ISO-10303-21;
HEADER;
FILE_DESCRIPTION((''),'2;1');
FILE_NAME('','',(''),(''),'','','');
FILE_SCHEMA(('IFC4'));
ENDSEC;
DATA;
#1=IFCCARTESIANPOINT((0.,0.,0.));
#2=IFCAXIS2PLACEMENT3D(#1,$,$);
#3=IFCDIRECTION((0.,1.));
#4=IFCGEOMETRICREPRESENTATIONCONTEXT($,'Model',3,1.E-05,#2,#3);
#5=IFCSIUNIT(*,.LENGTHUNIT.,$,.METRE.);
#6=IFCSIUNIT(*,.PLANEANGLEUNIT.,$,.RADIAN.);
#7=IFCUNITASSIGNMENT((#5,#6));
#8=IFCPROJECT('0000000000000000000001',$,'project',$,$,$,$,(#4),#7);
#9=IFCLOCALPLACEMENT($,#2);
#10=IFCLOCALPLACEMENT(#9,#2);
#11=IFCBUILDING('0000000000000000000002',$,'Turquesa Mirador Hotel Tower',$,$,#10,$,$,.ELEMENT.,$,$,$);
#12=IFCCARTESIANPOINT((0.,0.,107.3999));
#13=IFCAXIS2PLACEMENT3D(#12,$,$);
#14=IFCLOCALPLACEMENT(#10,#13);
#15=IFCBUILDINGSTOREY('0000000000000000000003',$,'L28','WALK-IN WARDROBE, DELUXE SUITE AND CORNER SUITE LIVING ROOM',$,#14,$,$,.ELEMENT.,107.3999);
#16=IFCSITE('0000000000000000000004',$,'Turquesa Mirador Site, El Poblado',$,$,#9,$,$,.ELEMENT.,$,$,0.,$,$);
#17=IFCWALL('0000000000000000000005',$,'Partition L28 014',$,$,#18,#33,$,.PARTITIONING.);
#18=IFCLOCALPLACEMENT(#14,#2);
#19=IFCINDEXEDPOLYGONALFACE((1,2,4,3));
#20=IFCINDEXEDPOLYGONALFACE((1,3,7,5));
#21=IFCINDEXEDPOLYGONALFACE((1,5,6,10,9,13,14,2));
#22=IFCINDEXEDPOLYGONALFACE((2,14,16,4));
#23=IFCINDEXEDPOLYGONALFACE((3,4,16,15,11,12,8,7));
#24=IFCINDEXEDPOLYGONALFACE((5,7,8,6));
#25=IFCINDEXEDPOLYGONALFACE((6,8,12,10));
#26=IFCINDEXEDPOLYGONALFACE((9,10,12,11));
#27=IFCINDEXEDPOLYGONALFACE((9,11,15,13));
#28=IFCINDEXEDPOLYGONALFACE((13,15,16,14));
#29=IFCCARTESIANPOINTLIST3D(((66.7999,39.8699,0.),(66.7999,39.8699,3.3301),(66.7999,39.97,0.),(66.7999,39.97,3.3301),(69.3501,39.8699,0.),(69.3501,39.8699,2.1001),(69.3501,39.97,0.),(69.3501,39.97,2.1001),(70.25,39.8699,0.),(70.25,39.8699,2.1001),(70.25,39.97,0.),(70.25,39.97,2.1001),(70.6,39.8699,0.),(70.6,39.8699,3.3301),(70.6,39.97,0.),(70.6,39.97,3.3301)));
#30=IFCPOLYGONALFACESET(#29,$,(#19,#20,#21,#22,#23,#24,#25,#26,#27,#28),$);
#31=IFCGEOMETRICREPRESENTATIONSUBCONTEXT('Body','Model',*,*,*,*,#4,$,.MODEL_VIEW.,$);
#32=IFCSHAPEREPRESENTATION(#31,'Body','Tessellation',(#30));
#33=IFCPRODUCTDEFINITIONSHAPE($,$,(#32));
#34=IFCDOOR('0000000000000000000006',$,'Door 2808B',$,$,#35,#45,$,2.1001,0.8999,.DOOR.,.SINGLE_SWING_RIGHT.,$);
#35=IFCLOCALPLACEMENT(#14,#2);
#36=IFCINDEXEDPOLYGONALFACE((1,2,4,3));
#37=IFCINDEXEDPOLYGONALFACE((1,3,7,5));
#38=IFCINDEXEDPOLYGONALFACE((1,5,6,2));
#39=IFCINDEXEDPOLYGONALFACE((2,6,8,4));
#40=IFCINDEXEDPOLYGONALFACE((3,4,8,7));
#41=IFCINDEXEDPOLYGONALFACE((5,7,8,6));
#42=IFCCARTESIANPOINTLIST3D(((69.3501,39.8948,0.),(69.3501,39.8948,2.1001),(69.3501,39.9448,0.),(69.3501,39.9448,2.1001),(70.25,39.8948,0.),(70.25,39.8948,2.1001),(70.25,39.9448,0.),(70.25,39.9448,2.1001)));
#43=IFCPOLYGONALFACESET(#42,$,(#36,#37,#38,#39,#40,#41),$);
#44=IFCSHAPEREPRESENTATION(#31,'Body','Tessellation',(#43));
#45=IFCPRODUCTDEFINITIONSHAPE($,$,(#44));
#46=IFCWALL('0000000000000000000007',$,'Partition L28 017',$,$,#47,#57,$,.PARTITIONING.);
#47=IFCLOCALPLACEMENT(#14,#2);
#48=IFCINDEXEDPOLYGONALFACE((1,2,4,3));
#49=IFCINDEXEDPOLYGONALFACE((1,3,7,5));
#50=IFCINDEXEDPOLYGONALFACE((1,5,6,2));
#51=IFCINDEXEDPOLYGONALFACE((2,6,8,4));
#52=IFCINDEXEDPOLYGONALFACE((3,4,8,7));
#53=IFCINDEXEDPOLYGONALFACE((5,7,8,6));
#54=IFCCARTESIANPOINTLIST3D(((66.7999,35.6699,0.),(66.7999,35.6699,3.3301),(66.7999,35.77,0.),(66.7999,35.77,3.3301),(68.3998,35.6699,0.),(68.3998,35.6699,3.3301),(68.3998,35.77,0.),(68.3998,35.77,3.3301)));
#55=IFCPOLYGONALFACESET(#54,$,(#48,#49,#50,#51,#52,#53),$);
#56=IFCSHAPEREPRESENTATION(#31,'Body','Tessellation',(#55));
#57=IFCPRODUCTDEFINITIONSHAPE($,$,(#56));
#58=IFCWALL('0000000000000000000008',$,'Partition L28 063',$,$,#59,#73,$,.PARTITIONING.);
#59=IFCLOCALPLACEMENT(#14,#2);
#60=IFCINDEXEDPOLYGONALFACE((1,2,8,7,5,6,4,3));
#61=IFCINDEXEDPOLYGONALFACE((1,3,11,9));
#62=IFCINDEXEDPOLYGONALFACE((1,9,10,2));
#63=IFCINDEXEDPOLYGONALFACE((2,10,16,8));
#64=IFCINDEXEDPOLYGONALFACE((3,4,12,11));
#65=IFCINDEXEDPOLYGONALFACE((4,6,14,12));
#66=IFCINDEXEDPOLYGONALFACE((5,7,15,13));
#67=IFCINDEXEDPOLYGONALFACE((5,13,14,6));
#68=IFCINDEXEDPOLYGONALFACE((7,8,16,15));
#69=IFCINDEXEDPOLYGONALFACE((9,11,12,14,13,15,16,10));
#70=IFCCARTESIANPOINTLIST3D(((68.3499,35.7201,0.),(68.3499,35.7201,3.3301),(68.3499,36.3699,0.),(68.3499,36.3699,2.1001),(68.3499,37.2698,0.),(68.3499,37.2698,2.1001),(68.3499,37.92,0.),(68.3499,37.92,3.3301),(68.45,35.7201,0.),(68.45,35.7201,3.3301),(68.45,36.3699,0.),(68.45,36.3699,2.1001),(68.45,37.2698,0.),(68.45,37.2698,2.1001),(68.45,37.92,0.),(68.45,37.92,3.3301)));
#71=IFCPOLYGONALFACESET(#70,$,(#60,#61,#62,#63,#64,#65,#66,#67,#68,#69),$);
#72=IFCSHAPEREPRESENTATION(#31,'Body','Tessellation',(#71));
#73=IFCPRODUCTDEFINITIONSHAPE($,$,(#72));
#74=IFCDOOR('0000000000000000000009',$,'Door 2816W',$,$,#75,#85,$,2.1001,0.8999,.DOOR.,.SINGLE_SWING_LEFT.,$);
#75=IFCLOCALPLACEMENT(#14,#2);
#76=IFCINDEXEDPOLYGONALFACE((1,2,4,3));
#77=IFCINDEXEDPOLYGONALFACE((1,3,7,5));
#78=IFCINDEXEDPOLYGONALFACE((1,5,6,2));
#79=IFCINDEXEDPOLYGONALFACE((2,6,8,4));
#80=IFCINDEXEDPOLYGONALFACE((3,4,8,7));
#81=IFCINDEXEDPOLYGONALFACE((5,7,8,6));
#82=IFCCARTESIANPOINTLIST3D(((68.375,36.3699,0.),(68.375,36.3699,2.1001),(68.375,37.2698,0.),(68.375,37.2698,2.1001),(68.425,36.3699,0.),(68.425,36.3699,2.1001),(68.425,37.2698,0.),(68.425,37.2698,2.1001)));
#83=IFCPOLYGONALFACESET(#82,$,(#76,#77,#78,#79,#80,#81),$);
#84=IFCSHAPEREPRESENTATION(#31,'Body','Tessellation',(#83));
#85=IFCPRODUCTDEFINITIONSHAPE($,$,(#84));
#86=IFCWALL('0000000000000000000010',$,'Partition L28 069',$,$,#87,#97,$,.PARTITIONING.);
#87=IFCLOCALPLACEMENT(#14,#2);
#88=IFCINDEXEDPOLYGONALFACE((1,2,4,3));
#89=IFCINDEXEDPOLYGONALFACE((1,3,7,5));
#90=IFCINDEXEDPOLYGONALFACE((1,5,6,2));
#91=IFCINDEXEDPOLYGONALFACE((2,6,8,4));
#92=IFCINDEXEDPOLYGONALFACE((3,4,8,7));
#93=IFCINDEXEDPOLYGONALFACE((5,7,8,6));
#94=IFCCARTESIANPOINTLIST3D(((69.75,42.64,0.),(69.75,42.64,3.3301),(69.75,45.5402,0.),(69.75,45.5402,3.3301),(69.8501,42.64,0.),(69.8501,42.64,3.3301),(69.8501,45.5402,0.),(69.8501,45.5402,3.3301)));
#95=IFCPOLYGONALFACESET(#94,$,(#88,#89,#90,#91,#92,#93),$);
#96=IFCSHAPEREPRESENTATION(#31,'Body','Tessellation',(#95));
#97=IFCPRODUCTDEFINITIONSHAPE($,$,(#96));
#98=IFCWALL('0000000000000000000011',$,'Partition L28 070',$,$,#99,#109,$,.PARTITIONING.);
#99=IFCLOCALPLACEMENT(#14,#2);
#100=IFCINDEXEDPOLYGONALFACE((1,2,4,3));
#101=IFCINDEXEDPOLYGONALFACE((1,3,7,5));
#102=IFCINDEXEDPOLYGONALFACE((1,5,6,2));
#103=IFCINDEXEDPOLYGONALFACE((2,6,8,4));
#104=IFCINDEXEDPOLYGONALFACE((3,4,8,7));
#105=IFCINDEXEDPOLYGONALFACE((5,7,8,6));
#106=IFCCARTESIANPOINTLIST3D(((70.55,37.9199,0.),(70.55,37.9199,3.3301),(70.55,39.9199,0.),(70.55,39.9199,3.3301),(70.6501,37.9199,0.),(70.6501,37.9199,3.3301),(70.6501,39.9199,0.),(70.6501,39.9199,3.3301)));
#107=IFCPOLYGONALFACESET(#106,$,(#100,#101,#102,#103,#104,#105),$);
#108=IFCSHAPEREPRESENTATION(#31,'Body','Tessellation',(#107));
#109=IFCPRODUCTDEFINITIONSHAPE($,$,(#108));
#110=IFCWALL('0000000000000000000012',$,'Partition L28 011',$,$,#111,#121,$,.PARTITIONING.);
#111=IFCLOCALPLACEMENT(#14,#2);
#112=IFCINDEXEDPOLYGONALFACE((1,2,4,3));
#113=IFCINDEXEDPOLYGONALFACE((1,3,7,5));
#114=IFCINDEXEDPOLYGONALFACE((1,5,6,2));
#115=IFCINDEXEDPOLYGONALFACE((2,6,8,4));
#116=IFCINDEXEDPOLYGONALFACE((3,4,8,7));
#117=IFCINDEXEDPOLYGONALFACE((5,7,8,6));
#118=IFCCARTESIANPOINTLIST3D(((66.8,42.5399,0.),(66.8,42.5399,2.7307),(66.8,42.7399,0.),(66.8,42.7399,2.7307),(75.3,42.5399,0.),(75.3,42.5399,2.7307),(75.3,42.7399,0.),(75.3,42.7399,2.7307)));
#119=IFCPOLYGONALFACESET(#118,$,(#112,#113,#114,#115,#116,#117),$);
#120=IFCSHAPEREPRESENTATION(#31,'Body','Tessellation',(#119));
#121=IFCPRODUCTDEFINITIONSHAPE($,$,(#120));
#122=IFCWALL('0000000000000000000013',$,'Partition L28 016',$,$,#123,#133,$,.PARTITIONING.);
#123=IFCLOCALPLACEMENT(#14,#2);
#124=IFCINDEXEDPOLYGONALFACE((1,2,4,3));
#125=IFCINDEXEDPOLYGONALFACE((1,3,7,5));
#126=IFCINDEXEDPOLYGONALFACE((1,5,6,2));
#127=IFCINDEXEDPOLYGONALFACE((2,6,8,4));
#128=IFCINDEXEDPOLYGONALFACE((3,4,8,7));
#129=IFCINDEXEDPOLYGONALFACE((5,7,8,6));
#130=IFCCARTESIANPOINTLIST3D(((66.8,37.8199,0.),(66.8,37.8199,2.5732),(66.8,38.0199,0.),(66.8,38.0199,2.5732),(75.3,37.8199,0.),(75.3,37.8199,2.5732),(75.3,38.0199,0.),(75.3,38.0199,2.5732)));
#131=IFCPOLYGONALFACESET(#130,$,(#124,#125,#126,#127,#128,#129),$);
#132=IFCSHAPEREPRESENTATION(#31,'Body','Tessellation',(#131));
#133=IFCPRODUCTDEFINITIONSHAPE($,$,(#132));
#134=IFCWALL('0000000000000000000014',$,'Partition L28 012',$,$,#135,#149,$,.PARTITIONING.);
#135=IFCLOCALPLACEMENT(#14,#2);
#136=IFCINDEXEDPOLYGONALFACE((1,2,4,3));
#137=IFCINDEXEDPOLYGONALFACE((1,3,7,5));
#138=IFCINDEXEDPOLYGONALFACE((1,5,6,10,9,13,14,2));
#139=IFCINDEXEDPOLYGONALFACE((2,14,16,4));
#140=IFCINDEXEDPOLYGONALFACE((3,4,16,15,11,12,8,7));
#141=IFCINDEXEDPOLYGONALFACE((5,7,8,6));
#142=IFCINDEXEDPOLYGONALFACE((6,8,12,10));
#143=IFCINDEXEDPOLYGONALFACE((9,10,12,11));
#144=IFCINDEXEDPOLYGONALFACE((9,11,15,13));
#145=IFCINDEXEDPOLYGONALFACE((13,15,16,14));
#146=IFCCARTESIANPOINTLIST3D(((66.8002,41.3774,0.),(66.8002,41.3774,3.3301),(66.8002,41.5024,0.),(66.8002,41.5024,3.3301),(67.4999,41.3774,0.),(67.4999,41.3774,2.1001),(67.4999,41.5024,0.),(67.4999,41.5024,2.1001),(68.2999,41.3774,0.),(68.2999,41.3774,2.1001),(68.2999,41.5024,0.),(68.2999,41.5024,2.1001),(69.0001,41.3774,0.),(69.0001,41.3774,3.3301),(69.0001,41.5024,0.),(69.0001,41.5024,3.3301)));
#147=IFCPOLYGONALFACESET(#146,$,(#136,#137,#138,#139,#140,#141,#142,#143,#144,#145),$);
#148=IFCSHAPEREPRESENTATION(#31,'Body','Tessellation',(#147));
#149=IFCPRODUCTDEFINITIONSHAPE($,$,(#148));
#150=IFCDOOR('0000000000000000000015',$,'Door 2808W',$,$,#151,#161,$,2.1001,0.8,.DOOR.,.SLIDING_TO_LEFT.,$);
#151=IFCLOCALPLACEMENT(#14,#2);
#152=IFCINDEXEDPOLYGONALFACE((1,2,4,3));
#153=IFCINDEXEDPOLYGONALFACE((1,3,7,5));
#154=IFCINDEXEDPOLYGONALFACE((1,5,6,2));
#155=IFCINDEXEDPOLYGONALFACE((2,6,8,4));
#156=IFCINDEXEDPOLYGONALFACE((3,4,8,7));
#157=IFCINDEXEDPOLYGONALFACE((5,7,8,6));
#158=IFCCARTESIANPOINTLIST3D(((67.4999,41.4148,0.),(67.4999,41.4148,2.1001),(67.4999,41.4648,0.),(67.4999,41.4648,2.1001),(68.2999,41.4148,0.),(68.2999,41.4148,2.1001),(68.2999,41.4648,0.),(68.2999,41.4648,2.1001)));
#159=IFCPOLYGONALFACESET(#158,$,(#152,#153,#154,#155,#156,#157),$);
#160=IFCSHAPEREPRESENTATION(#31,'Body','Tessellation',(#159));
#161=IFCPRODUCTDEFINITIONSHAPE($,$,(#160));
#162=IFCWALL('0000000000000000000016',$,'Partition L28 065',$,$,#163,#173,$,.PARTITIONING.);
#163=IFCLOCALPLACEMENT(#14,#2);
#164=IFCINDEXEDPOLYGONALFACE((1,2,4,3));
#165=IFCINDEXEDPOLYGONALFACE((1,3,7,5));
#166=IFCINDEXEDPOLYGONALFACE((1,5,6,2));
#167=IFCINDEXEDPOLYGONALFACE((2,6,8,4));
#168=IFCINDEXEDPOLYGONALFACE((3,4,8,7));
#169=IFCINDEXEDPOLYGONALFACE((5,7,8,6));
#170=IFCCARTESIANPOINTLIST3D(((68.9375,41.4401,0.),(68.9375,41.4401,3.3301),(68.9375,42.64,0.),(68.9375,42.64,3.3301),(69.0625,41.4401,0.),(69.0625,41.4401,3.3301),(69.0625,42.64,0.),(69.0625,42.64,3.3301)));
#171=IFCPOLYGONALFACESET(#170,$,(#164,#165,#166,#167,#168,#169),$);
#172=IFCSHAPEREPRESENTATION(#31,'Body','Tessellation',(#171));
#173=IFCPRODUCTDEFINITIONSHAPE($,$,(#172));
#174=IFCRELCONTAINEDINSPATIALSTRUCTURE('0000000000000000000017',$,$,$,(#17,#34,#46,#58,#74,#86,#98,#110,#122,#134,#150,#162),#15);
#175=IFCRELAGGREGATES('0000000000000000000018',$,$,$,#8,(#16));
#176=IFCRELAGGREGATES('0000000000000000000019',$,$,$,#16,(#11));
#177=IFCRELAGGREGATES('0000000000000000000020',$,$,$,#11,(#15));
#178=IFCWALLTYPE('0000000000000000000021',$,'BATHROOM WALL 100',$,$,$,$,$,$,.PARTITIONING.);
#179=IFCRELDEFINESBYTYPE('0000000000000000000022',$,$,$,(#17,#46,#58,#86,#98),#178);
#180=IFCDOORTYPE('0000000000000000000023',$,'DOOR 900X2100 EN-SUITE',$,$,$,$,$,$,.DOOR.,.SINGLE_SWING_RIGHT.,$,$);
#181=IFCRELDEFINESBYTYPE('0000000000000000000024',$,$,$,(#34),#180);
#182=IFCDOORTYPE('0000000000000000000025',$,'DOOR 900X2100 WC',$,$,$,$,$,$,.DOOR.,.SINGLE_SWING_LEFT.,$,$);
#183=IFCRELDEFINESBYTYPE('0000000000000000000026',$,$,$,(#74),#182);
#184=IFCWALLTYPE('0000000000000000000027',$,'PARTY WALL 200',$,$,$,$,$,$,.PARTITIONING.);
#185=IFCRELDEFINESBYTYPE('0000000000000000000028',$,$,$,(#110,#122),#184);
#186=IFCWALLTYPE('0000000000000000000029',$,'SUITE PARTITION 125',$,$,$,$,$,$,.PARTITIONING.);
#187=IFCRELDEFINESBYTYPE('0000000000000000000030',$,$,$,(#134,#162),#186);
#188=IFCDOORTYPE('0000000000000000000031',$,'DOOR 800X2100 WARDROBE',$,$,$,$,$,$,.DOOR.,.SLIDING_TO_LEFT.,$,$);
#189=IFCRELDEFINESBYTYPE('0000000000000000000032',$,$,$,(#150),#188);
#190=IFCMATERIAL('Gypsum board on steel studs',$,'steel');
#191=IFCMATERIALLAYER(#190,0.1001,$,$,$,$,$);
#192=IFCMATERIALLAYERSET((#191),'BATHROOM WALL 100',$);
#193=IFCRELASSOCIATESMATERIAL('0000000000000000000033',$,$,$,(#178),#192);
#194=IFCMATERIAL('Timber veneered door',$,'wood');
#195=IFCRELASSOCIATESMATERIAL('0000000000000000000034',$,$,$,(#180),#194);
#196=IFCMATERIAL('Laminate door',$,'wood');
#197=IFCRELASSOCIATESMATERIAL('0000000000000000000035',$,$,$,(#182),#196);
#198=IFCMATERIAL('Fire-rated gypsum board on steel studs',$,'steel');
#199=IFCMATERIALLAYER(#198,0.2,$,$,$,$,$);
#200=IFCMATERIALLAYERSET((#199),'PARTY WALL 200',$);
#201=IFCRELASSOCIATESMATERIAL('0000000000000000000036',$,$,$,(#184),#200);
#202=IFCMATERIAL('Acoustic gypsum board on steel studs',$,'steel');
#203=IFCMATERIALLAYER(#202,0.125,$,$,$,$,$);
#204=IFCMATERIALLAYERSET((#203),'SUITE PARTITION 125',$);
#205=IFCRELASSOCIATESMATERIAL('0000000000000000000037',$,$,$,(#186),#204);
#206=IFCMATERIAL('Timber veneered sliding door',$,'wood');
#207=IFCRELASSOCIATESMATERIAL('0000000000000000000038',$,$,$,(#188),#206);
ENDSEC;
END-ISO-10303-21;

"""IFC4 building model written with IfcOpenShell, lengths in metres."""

from ifc_helpers import new_model, si_unit, direction, frame, frame_2d, origin, place, context, subcontext, project, spatial, rectangle, extrude, material, layer, layer_set, type_object, element, fill, save


model = new_model("IFC4")

# Units and contexts
model_context = context("Model", 3, precision=1e-05, world=origin(), true_north=direction((0.0, 1.0)))
body_context = subcontext(model_context, "Body", "Model", "MODEL_VIEW")
ifc_project = project(units=[si_unit("LENGTHUNIT", "METRE"), si_unit("PLANEANGLEUNIT", "RADIAN")], contexts=[model_context])

# Site, building, storey
site_placement = place(None, origin())
site = spatial("IfcSite", under=ifc_project, at=site_placement, Name="Turquesa Mirador Site, El Poblado", CompositionType="ELEMENT", RefElevation=0.0)
building_placement = place(site_placement, origin())
building = spatial("IfcBuilding", under=site, at=building_placement, Name="Turquesa Mirador Hotel Tower", CompositionType="ELEMENT")
storey_placement = place(building_placement, frame((0.0, 0.0, 107.3999)))
storey = spatial("IfcBuildingStorey", under=building, at=storey_placement, Name="L28", Description="WALK-IN WARDROBE, DELUXE SUITE AND CORNER SUITE LIVING ROOM", CompositionType="ELEMENT", Elevation=107.3999)

# Wall, opening, door
ifc_material_1 = material(Name="Gypsum board on steel studs", Category="steel")
ifc_layer_1 = layer(ifc_material_1, 0.1001)
ifc_layer_set_1 = layer_set([ifc_layer_1], Name="BATHROOM WALL 100")
wall_type_1 = type_object("IfcWallType", Name="BATHROOM WALL 100", PredefinedType="PARTITIONING", material=ifc_layer_set_1)
wall_1_placement = place(storey_placement, frame((66.8, 39.9199, 0.0), z_axis=(0.0, 0.0, 1.0), x_axis=(1.0, 0.0, 0.0)))
wall_1 = element("IfcWall", 1, at=wall_1_placement, inside=storey, type_object=wall_type_1, Name="Partition L28 014", PredefinedType="PARTITIONING", context=body_context, shape_type="SweptSolid", body=[
    extrude(rectangle(XDim=3.8, YDim=0.1001, at=frame_2d((1.8999, 0.0))), origin(), (0.0, 0.0, 1.0), 3.3301),
])
opening_1_placement = place(wall_1_placement, frame((2.55, 0.0, 0.0)))
opening_1 = element("IfcOpeningElement", 2, at=opening_1_placement, cuts=wall_1, PredefinedType="OPENING", context=body_context, shape_type="SweptSolid", body=[
    extrude(rectangle(XDim=0.8999, YDim=2.1001, at=frame_2d((0.45, 1.05))), frame((0.0, 0.0601, 0.0), z_axis=(0.0, -1.0, 0.0), x_axis=(1.0, 0.0, 0.0)), (0.0, 0.0, 1.0), 0.1201),
])
ifc_material_2 = material(Name="Timber veneered door", Category="wood")
door_type_1 = type_object("IfcDoorType", Name="DOOR 900X2100 EN-SUITE", OperationType="SINGLE_SWING_RIGHT", PredefinedType="DOOR", material=ifc_material_2)
door_1_placement = place(opening_1_placement, origin())
door_1 = element("IfcDoor", 3, at=door_1_placement, inside=storey, type_object=door_type_1, Name="Door 2808B", OperationType="SINGLE_SWING_RIGHT", OverallHeight=2.1001, OverallWidth=0.8999, PredefinedType="DOOR", context=body_context, shape_type="SweptSolid", body=[
    extrude(rectangle(XDim=0.8999, YDim=2.1001, at=frame_2d((0.45, 1.05))), frame((0.0, 0.0249, 0.0), z_axis=(0.0, -1.0, 0.0), x_axis=(1.0, 0.0, 0.0)), (0.0, 0.0, 1.0), 0.05),
])
fill(opening_1, door_1)

# Wall
wall_2_placement = place(storey_placement, frame((66.8, 35.72, 0.0), z_axis=(0.0, 0.0, 1.0), x_axis=(1.0, 0.0, 0.0)))
element("IfcWall", 4, at=wall_2_placement, inside=storey, type_object=wall_type_1, Name="Partition L28 017", PredefinedType="PARTITIONING", context=body_context, shape_type="SweptSolid", body=[
    extrude(rectangle(XDim=1.5999, YDim=0.1001, at=frame_2d((0.7998, 0.0))), origin(), (0.0, 0.0, 1.0), 3.3301),
])

# Wall, opening, door
wall_3_placement = place(storey_placement, frame((68.3999, 35.72, 0.0), z_axis=(0.0, 0.0, 1.0), x_axis=(0.0, 1.0, 0.0)))
wall_3 = element("IfcWall", 5, at=wall_3_placement, inside=storey, type_object=wall_type_1, Name="Partition L28 063", PredefinedType="PARTITIONING", context=body_context, shape_type="SweptSolid", body=[
    extrude(rectangle(XDim=2.2, YDim=0.1001, at=frame_2d((1.1001, 0.0))), origin(), (0.0, 0.0, 1.0), 3.3301),
])
opening_2_placement = place(wall_3_placement, frame((0.6499, 0.0, 0.0)))
opening_2 = element("IfcOpeningElement", 6, at=opening_2_placement, cuts=wall_3, PredefinedType="OPENING", context=body_context, shape_type="SweptSolid", body=[
    extrude(rectangle(XDim=0.8999, YDim=2.1001, at=frame_2d((0.45, 1.05))), frame((0.0, 0.0601, 0.0), z_axis=(0.0, -1.0, 0.0), x_axis=(1.0, 0.0, 0.0)), (0.0, 0.0, 1.0), 0.1201),
])
ifc_material_3 = material(Name="Laminate door", Category="wood")
door_type_2 = type_object("IfcDoorType", Name="DOOR 900X2100 WC", OperationType="SINGLE_SWING_LEFT", PredefinedType="DOOR", material=ifc_material_3)
door_2_placement = place(opening_2_placement, origin())
door_2 = element("IfcDoor", 7, at=door_2_placement, inside=storey, type_object=door_type_2, Name="Door 2816W", OperationType="SINGLE_SWING_LEFT", OverallHeight=2.1001, OverallWidth=0.8999, PredefinedType="DOOR", context=body_context, shape_type="SweptSolid", body=[
    extrude(rectangle(XDim=0.8999, YDim=2.1001, at=frame_2d((0.45, 1.05))), frame((0.0, 0.0249, 0.0), z_axis=(0.0, -1.0, 0.0), x_axis=(1.0, 0.0, 0.0)), (0.0, 0.0, 1.0), 0.05),
])
fill(opening_2, door_2)

# Walls
wall_4_placement = place(storey_placement, frame((69.8, 42.6399, 0.0), z_axis=(0.0, 0.0, 1.0), x_axis=(0.0, 1.0, 0.0)))
element("IfcWall", 8, at=wall_4_placement, inside=storey, type_object=wall_type_1, Name="Partition L28 069", PredefinedType="PARTITIONING", context=body_context, shape_type="SweptSolid", body=[
    extrude(rectangle(XDim=2.9001, YDim=0.1001, at=frame_2d((1.4502, 0.0))), origin(), (0.0, 0.0, 1.0), 3.3301),
])
wall_5_placement = place(storey_placement, frame((70.6001, 37.9199, 0.0), z_axis=(0.0, 0.0, 1.0), x_axis=(0.0, 1.0, 0.0)))
element("IfcWall", 9, at=wall_5_placement, inside=storey, type_object=wall_type_1, Name="Partition L28 070", PredefinedType="PARTITIONING", context=body_context, shape_type="SweptSolid", body=[
    extrude(rectangle(XDim=2.0, YDim=0.1001, at=frame_2d((1.0, 0.0))), origin(), (0.0, 0.0, 1.0), 3.3301),
])
ifc_material_4 = material(Name="Fire-rated gypsum board on steel studs", Category="steel")
ifc_layer_2 = layer(ifc_material_4, 0.2)
ifc_layer_set_2 = layer_set([ifc_layer_2], Name="PARTY WALL 200")
wall_type_2 = type_object("IfcWallType", Name="PARTY WALL 200", PredefinedType="PARTITIONING", material=ifc_layer_set_2)
wall_6_placement = place(storey_placement, frame((66.8, 42.6399, 0.0), z_axis=(0.0, 0.0, 1.0), x_axis=(1.0, 0.0, 0.0)))
element("IfcWall", 10, at=wall_6_placement, inside=storey, type_object=wall_type_2, Name="Partition L28 011", PredefinedType="PARTITIONING", context=body_context, shape_type="SweptSolid", body=[
    extrude(rectangle(XDim=8.5, YDim=0.2, at=frame_2d((4.25, 0.0))), origin(), (0.0, 0.0, 1.0), 2.7307),
])
wall_7_placement = place(storey_placement, frame((66.8, 37.9199, 0.0), z_axis=(0.0, 0.0, 1.0), x_axis=(1.0, 0.0, 0.0)))
element("IfcWall", 11, at=wall_7_placement, inside=storey, type_object=wall_type_2, Name="Partition L28 016", PredefinedType="PARTITIONING", context=body_context, shape_type="SweptSolid", body=[
    extrude(rectangle(XDim=8.5, YDim=0.2, at=frame_2d((4.25, 0.0))), origin(), (0.0, 0.0, 1.0), 2.5732),
])

# Wall, opening, door
ifc_material_5 = material(Name="Acoustic gypsum board on steel studs", Category="steel")
ifc_layer_3 = layer(ifc_material_5, 0.125)
ifc_layer_set_3 = layer_set([ifc_layer_3], Name="SUITE PARTITION 125")
wall_type_3 = type_object("IfcWallType", Name="SUITE PARTITION 125", PredefinedType="PARTITIONING", material=ifc_layer_set_3)
wall_8_placement = place(storey_placement, frame((66.8, 41.4399, 0.0), z_axis=(0.0, 0.0, 1.0), x_axis=(1.0, 0.0, 0.0)))
wall_8 = element("IfcWall", 12, at=wall_8_placement, inside=storey, type_object=wall_type_3, Name="Partition L28 012", PredefinedType="PARTITIONING", context=body_context, shape_type="SweptSolid", body=[
    extrude(rectangle(XDim=2.2, YDim=0.125, at=frame_2d((1.1001, 0.0))), origin(), (0.0, 0.0, 1.0), 3.3301),
])
opening_3_placement = place(wall_8_placement, frame((0.7, 0.0, 0.0)))
opening_3 = element("IfcOpeningElement", 13, at=opening_3_placement, cuts=wall_8, PredefinedType="OPENING", context=body_context, shape_type="SweptSolid", body=[
    extrude(rectangle(XDim=0.8, YDim=2.1001, at=frame_2d((0.3999, 1.05))), frame((0.0, 0.0725, 0.0), z_axis=(0.0, -1.0, 0.0), x_axis=(1.0, 0.0, 0.0)), (0.0, 0.0, 1.0), 0.145),
])
ifc_material_6 = material(Name="Timber veneered sliding door", Category="wood")
door_type_3 = type_object("IfcDoorType", Name="DOOR 800X2100 WARDROBE", OperationType="SLIDING_TO_LEFT", PredefinedType="DOOR", material=ifc_material_6)
door_3_placement = place(opening_3_placement, origin())
door_3 = element("IfcDoor", 14, at=door_3_placement, inside=storey, type_object=door_type_3, Name="Door 2808W", OperationType="SLIDING_TO_LEFT", OverallHeight=2.1001, OverallWidth=0.8, PredefinedType="DOOR", context=body_context, shape_type="SweptSolid", body=[
    extrude(rectangle(XDim=0.8, YDim=2.1001, at=frame_2d((0.3999, 1.05))), frame((0.0, 0.0249, 0.0), z_axis=(0.0, -1.0, 0.0), x_axis=(1.0, 0.0, 0.0)), (0.0, 0.0, 1.0), 0.05),
])
fill(opening_3, door_3)

# Wall
wall_9_placement = place(storey_placement, frame((69.0, 41.4399, 0.0), z_axis=(0.0, 0.0, 1.0), x_axis=(0.0, 1.0, 0.0)))
element("IfcWall", 15, at=wall_9_placement, inside=storey, type_object=wall_type_3, Name="Partition L28 065", PredefinedType="PARTITIONING", context=body_context, shape_type="SweptSolid", body=[
    extrude(rectangle(XDim=1.2, YDim=0.125, at=frame_2d((0.6001, 0.0))), origin(), (0.0, 0.0, 1.0), 3.3301),
])

save(model, "model.ifc")
